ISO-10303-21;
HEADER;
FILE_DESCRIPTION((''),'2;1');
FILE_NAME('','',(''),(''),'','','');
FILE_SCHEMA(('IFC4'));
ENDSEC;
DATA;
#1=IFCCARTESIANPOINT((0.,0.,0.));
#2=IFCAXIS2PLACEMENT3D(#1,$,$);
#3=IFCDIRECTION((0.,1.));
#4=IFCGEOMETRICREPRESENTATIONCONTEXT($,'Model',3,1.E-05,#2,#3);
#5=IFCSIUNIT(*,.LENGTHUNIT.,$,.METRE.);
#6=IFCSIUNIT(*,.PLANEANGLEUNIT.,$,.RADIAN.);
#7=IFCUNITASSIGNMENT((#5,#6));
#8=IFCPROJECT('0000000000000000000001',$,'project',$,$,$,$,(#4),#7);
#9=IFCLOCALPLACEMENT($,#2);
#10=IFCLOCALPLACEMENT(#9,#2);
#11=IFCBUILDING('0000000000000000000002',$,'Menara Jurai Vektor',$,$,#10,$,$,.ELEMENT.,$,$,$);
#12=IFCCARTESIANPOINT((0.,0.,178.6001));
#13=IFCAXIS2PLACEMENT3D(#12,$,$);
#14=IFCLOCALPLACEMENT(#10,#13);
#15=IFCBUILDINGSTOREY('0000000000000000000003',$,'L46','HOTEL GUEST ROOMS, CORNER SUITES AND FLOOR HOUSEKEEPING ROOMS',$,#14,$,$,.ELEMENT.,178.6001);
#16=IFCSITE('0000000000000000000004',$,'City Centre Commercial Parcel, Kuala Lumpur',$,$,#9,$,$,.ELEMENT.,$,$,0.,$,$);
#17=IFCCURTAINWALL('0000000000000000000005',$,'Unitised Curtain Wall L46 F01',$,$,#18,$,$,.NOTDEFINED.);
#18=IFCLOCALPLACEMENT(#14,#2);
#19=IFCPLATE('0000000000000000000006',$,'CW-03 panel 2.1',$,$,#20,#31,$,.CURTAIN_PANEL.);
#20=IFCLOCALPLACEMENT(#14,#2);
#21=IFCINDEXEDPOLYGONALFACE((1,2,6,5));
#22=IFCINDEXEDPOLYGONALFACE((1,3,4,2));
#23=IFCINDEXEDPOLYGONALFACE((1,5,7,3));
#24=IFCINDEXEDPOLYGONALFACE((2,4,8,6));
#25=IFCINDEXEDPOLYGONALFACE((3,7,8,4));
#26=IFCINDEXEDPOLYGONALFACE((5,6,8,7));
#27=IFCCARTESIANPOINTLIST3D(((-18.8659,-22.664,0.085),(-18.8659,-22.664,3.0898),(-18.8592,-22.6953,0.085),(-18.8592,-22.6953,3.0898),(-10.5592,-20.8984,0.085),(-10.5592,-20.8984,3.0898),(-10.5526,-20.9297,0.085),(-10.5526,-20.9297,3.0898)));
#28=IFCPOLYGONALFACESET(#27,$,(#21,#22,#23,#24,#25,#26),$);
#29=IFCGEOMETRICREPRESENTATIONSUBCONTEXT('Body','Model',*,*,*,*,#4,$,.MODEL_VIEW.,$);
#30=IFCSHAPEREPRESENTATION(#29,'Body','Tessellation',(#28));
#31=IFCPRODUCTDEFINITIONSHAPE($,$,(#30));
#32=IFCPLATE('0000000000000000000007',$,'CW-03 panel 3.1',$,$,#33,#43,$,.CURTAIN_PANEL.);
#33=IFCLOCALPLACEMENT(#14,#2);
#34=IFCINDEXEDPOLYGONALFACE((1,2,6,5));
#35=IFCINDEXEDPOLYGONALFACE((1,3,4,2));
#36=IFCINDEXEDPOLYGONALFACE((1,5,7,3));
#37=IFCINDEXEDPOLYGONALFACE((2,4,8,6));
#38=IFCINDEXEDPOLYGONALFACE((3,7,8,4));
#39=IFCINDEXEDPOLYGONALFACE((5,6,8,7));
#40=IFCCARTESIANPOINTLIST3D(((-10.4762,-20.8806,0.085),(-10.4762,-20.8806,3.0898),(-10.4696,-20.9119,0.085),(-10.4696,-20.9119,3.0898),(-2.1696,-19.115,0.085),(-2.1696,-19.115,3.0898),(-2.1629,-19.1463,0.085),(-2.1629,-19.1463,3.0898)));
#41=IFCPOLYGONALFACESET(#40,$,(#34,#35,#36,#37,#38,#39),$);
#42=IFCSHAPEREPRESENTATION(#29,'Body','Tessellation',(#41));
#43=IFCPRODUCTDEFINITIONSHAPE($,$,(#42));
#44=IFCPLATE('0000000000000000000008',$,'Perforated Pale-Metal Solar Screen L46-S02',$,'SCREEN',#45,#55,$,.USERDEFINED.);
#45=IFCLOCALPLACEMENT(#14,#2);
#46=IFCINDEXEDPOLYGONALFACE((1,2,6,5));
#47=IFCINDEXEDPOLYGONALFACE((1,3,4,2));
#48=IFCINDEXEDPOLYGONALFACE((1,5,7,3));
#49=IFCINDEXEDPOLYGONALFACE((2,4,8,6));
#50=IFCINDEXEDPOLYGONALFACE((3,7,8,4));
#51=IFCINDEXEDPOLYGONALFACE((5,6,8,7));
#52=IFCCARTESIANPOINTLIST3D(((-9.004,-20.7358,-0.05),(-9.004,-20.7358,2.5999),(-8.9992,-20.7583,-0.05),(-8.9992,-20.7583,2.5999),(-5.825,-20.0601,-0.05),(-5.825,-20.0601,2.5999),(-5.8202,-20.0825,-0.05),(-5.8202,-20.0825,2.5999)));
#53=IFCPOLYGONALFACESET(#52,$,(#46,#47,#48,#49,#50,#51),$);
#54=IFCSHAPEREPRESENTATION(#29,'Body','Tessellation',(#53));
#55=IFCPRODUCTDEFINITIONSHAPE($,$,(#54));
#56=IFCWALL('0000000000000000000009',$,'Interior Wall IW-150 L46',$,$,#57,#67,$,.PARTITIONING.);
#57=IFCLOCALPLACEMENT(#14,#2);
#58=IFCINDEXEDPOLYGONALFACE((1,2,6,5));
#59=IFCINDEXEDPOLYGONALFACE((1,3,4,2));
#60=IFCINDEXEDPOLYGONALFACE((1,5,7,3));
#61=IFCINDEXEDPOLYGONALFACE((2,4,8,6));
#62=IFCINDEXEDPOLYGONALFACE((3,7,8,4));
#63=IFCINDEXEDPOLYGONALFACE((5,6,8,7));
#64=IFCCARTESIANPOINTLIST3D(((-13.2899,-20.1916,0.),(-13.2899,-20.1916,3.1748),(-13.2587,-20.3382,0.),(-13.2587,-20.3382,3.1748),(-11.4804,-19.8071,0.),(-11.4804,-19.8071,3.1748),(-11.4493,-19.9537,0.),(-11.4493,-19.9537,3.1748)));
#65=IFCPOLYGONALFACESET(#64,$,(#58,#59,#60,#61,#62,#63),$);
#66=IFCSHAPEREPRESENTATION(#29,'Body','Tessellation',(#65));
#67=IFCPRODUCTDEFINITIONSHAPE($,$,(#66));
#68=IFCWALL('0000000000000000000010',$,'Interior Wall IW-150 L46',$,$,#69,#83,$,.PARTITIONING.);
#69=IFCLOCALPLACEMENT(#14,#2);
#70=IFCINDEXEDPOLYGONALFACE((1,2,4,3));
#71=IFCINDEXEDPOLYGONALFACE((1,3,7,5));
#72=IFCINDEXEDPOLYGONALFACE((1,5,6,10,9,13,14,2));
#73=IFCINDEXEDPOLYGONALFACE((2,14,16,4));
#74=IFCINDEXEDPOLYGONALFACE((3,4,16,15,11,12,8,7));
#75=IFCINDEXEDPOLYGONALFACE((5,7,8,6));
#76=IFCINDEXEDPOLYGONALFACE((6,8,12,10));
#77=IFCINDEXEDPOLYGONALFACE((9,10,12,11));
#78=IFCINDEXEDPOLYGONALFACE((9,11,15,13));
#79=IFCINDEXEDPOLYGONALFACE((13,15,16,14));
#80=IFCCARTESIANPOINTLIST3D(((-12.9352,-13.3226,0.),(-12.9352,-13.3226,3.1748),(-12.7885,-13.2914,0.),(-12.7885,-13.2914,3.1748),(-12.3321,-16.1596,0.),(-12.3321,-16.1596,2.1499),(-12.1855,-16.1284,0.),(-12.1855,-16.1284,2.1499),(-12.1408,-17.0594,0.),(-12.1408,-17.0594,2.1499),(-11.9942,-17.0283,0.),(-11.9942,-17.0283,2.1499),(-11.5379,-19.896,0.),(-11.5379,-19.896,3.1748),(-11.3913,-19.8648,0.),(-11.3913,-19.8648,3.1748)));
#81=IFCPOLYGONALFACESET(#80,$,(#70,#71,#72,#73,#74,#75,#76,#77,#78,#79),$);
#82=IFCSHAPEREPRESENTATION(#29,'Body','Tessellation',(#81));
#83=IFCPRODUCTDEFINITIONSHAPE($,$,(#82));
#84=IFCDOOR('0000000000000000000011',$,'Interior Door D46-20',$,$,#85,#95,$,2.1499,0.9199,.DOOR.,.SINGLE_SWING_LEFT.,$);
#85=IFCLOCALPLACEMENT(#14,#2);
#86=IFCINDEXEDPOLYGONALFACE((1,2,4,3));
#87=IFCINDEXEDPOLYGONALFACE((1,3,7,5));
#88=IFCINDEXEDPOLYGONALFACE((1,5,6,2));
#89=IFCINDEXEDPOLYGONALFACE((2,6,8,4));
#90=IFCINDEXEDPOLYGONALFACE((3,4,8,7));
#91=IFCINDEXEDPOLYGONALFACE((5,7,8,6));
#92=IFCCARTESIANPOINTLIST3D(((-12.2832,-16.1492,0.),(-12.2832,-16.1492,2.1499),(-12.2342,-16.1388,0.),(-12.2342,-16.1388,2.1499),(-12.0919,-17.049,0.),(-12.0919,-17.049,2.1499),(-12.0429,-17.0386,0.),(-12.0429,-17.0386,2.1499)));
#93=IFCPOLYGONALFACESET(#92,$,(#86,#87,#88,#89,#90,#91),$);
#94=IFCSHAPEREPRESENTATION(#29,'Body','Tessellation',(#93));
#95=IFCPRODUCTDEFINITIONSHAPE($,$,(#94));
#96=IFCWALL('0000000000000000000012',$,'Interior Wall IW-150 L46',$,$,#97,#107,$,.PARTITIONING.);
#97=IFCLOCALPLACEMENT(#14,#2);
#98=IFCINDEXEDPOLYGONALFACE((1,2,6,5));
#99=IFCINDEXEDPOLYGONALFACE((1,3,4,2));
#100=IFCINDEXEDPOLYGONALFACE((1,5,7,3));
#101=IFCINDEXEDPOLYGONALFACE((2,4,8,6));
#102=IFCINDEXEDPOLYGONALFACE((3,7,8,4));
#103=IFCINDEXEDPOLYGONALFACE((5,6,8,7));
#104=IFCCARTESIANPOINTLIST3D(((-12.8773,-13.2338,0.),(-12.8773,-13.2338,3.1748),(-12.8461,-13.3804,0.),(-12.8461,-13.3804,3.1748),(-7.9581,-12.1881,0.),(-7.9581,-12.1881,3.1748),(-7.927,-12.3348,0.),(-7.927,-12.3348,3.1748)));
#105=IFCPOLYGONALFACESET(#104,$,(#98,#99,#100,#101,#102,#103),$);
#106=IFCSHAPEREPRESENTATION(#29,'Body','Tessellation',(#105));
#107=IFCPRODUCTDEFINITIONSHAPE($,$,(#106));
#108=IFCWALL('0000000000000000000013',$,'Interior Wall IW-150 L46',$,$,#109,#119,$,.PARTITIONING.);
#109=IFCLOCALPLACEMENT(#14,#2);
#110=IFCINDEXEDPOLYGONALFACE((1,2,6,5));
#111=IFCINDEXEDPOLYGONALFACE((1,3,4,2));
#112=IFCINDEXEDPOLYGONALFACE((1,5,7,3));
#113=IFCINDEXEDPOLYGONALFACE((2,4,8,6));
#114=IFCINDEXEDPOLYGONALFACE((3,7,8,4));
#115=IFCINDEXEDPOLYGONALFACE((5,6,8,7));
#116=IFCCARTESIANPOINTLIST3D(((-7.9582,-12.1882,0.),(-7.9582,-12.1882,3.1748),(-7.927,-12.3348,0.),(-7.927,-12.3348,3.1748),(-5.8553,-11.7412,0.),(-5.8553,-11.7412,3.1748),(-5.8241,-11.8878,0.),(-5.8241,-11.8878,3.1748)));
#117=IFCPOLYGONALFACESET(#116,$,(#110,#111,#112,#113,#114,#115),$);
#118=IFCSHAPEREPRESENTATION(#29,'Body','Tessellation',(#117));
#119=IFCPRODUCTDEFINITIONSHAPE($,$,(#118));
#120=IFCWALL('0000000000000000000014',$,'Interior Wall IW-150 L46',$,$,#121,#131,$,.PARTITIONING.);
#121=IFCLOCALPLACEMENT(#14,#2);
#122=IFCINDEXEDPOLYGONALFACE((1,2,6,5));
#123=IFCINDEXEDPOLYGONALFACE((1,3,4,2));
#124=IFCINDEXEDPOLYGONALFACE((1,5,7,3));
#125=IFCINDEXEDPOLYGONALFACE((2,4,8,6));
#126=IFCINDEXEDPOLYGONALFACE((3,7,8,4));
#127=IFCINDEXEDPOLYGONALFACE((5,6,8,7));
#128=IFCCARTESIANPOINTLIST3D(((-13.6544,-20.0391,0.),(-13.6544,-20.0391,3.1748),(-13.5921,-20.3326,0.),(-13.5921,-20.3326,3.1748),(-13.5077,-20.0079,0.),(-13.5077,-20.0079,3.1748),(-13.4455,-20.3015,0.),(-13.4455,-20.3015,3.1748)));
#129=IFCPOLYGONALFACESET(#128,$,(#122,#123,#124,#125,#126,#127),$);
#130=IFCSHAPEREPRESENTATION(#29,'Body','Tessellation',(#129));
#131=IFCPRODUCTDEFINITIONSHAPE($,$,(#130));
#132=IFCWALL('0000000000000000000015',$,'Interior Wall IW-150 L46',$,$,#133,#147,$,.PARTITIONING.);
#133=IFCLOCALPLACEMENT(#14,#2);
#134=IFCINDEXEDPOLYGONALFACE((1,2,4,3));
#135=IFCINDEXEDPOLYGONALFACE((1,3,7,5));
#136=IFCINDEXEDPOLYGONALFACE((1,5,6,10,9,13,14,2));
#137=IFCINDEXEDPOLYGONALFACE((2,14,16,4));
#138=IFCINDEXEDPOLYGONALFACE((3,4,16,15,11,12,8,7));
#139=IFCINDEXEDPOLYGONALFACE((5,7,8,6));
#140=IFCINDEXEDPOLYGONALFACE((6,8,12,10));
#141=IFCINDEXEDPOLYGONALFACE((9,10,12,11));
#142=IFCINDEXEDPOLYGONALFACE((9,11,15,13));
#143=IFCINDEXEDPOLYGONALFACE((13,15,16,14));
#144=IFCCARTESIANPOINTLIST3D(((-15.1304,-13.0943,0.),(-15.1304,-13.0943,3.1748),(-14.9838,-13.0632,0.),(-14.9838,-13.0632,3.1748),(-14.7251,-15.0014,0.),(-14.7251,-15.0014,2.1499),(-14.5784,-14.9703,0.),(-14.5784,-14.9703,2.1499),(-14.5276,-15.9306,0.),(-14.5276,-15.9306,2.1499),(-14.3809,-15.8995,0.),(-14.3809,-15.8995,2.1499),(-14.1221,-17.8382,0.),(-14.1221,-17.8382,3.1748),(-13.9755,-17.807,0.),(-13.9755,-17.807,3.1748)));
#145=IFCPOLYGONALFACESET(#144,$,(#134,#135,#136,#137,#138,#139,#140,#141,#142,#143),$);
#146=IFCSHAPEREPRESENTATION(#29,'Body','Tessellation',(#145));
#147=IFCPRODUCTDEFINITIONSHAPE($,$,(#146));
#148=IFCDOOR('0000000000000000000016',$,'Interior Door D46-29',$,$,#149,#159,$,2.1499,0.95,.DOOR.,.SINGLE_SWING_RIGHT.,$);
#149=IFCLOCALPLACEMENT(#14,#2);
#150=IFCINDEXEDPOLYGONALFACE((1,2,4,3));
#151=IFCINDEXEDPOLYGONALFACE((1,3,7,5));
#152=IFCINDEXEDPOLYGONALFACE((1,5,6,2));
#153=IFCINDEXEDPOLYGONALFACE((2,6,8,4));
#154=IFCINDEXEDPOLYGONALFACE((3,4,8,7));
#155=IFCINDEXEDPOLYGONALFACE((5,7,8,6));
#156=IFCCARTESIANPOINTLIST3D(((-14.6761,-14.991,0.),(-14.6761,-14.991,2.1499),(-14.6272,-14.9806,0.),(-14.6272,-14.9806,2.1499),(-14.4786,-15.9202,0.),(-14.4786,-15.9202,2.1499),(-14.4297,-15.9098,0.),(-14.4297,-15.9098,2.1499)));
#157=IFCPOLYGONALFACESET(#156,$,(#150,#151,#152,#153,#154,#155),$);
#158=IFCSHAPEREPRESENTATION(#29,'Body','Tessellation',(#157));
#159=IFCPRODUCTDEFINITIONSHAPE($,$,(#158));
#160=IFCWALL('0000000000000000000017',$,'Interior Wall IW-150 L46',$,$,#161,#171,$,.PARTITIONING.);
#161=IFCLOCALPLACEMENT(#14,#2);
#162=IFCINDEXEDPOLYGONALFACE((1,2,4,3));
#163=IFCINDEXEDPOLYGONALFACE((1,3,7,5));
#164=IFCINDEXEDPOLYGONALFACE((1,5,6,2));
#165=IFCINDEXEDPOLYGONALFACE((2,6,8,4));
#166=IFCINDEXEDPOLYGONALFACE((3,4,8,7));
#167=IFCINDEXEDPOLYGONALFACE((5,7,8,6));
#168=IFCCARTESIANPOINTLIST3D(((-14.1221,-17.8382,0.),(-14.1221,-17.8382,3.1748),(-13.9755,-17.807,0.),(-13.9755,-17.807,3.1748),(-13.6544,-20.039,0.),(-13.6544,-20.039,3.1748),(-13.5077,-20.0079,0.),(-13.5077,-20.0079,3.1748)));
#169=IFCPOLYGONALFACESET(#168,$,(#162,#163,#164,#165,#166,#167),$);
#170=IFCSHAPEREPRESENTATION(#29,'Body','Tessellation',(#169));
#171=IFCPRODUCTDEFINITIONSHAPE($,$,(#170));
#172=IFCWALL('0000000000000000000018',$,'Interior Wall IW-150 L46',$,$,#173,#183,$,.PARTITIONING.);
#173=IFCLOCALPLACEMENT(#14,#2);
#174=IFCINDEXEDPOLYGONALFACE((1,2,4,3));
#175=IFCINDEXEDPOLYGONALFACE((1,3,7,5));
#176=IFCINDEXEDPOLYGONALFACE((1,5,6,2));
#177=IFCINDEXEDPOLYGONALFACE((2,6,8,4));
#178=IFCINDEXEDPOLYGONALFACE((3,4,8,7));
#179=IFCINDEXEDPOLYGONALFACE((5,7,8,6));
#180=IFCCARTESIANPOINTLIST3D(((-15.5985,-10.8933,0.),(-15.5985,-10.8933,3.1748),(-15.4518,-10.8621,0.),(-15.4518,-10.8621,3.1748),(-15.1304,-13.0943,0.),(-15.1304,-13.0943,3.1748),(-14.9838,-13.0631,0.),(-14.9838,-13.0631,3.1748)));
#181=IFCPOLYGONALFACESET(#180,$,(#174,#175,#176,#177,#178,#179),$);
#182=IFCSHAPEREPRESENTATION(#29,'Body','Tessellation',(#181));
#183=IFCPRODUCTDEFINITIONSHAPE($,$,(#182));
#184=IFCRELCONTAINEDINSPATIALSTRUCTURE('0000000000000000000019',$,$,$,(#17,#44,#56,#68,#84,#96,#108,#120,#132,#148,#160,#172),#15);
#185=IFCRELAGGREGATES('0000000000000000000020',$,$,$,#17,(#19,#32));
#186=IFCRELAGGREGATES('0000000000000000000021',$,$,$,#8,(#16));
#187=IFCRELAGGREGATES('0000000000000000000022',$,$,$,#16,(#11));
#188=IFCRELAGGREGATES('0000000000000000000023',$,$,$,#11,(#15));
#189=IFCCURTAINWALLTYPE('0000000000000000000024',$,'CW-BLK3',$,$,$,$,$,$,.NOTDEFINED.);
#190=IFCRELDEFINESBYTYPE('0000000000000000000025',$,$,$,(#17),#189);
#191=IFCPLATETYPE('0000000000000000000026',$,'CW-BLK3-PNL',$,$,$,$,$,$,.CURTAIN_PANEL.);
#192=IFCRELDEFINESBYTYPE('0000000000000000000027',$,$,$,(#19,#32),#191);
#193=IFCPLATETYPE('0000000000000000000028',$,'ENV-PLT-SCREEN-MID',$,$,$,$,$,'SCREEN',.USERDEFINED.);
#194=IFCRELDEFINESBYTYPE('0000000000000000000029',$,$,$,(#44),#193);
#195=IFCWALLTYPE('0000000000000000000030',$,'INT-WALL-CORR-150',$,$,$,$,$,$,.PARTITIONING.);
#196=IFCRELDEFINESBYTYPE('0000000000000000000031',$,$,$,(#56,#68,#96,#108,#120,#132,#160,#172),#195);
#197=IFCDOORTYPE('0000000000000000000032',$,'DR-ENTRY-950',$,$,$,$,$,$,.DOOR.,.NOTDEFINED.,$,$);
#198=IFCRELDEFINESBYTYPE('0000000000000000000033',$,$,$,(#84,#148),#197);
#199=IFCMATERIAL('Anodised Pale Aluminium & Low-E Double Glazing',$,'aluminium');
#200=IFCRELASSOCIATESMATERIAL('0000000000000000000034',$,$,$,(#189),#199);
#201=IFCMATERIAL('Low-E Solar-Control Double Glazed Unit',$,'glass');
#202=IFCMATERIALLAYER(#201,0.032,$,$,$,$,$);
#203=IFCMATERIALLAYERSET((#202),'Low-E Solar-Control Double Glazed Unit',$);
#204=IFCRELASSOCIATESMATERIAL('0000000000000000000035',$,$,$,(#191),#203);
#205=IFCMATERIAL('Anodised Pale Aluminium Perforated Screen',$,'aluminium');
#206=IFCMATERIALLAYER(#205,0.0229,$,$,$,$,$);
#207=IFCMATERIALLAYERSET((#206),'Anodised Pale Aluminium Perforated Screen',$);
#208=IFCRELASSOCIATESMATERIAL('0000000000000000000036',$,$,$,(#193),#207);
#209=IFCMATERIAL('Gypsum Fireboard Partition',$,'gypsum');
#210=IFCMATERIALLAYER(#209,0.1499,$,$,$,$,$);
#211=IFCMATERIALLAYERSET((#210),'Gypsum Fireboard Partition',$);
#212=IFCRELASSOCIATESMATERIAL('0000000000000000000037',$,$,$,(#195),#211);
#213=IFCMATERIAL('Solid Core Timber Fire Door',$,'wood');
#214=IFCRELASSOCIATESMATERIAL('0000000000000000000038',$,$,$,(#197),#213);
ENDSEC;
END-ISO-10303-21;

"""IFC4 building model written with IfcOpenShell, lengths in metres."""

from ifc_helpers import new_model, si_unit, direction, frame, frame_2d, origin, origin_2d, place, context, subcontext, project, spatial, rectangle, extrude, material, layer, layer_set, type_object, element, fill, aggregate, save


model = new_model("IFC4")

# Units and contexts
model_context = context("Model", 3, precision=1e-05, world=origin(), true_north=direction((0.0, 1.0)))
body_context = subcontext(model_context, "Body", "Model", "MODEL_VIEW")
ifc_project = project(units=[si_unit("LENGTHUNIT", "METRE"), si_unit("PLANEANGLEUNIT", "RADIAN")], contexts=[model_context])

# Site, building, storey
site_placement = place(None, origin())
site = spatial("IfcSite", under=ifc_project, at=site_placement, Name="City Centre Commercial Parcel, Kuala Lumpur", CompositionType="ELEMENT", RefElevation=0.0)
building_placement = place(site_placement, origin())
building = spatial("IfcBuilding", under=site, at=building_placement, Name="Menara Jurai Vektor", CompositionType="ELEMENT")
storey_placement = place(building_placement, frame((0.0, 0.0, 178.6001)))
storey = spatial("IfcBuildingStorey", under=building, at=storey_placement, Name="L46", Description="HOTEL GUEST ROOMS, CORNER SUITES AND FLOOR HOUSEKEEPING ROOMS", CompositionType="ELEMENT", Elevation=178.6001)

# Curtain wall
ifc_material_1 = material(Name="Anodised Pale Aluminium & Low-E Double Glazing", Category="aluminium")
curtain_wall_type = type_object("IfcCurtainWallType", Name="CW-BLK3", PredefinedType="NOTDEFINED", material=ifc_material_1)
curtain_wall_placement = place(storey_placement, origin())
curtain_wall = element("IfcCurtainWall", 1, at=curtain_wall_placement, inside=storey, type_object=curtain_wall_type, Name="Unitised Curtain Wall L46 F01", PredefinedType="NOTDEFINED")

# Plates
ifc_material_2 = material(Name="Low-E Solar-Control Double Glazed Unit", Category="glass")
ifc_layer_1 = layer(ifc_material_2, 0.032)
ifc_layer_set_1 = layer_set([ifc_layer_1], Name="Low-E Solar-Control Double Glazed Unit")
plate_type_1 = type_object("IfcPlateType", Name="CW-BLK3-PNL", PredefinedType="CURTAIN_PANEL", material=ifc_layer_set_1)
plate_1_placement = place(storey_placement, frame((-14.7092, -21.7969, 0.085), z_axis=(0.0, 0.0, 1.0), x_axis=(0.978148, 0.207911, 0.0)))
plate_1 = element("IfcPlate", 2, at=plate_1_placement, type_object=plate_type_1, Name="CW-03 panel 2.1", PredefinedType="CURTAIN_PANEL", context=body_context, shape_type="SweptSolid", body=[
    extrude(rectangle(XDim=8.4922, YDim=0.032, at=origin_2d()), origin(), (0.0, 0.0, 1.0), 3.0049),
])
plate_2_placement = place(storey_placement, frame((-6.3196, -20.0134, 0.085), z_axis=(0.0, 0.0, 1.0), x_axis=(0.978148, 0.207911, 0.0)))
plate_2 = element("IfcPlate", 3, at=plate_2_placement, type_object=plate_type_1, Name="CW-03 panel 3.1", PredefinedType="CURTAIN_PANEL", context=body_context, shape_type="SweptSolid", body=[
    extrude(rectangle(XDim=8.4922, YDim=0.032, at=origin_2d()), origin(), (0.0, 0.0, 1.0), 3.0049),
])
aggregate(curtain_wall, [plate_1, plate_2])
ifc_material_3 = material(Name="Anodised Pale Aluminium Perforated Screen", Category="aluminium")
ifc_layer_2 = layer(ifc_material_3, 0.0229)
ifc_layer_set_2 = layer_set([ifc_layer_2], Name="Anodised Pale Aluminium Perforated Screen")
plate_type_2 = type_object("IfcPlateType", Name="ENV-PLT-SCREEN-MID", ElementType="SCREEN", PredefinedType="USERDEFINED", material=ifc_layer_set_2)
plate_3_placement = place(storey_placement, frame((-7.4121, -20.4092, -0.05), z_axis=(0.0, 0.0, 1.0), x_axis=(0.978148, 0.207912, 0.0)))
element("IfcPlate", 4, at=plate_3_placement, inside=storey, type_object=plate_type_2, Name="Perforated Pale-Metal Solar Screen L46-S02", ObjectType="SCREEN", PredefinedType="USERDEFINED", context=body_context, shape_type="SweptSolid", body=[
    extrude(rectangle(XDim=3.25, YDim=0.0229, at=origin_2d()), origin(), (0.0, 0.0, 1.0), 2.6499),
])

# Wall
ifc_material_4 = material(Name="Gypsum Fireboard Partition", Category="gypsum")
ifc_layer_3 = layer(ifc_material_4, 0.1499)
ifc_layer_set_3 = layer_set([ifc_layer_3], Name="Gypsum Fireboard Partition")
wall_type = type_object("IfcWallType", Name="INT-WALL-CORR-150", PredefinedType="PARTITIONING", material=ifc_layer_set_3)
wall_1_placement = place(storey_placement, frame((-13.2742, -20.2649, 0.0), z_axis=(0.0, 0.0, 1.0), x_axis=(0.97816, 0.207852, 0.0)))
element("IfcWall", 5, at=wall_1_placement, inside=storey, type_object=wall_type, Name="Interior Wall IW-150 L46", PredefinedType="PARTITIONING", context=body_context, shape_type="SweptSolid", body=[
    extrude(rectangle(XDim=1.8499, YDim=0.1499, at=frame_2d((0.9248, 0.0))), origin(), (0.0, 0.0, 1.0), 3.1748),
])

# Wall, opening, door
wall_2_placement = place(storey_placement, frame((-11.4646, -19.8804, 0.0), z_axis=(0.0, 0.0, 1.0), x_axis=(-0.207916, 0.978147, 0.0)))
wall_2 = element("IfcWall", 6, at=wall_2_placement, inside=storey, type_object=wall_type, Name="Interior Wall IW-150 L46", PredefinedType="PARTITIONING", context=body_context, shape_type="SweptSolid", body=[
    extrude(rectangle(XDim=6.7202, YDim=0.1499, at=frame_2d((3.3601, 0.0))), origin(), (0.0, 0.0, 1.0), 3.1748),
])
opening_1_placement = place(wall_2_placement, frame((2.8999, 0.0, 0.0)))
opening_1 = element("IfcOpeningElement", 7, at=opening_1_placement, cuts=wall_2, PredefinedType="OPENING", context=body_context, shape_type="SweptSolid", body=[
    extrude(rectangle(XDim=0.9199, YDim=2.1499, at=frame_2d((0.46, 1.075))), frame((0.0, 0.085, 0.0), z_axis=(0.0, -1.0, 0.0), x_axis=(1.0, 0.0, 0.0)), (0.0, 0.0, 1.0), 0.1699),
])
ifc_material_5 = material(Name="Solid Core Timber Fire Door", Category="wood")
door_type_1 = type_object("IfcDoorType", Name="DR-ENTRY-950", OperationType="NOTDEFINED", PredefinedType="DOOR", material=ifc_material_5)
door_1_placement = place(opening_1_placement, origin())
door_1 = element("IfcDoor", 8, at=door_1_placement, inside=storey, type_object=door_type_1, Name="Interior Door D46-20", OperationType="SINGLE_SWING_LEFT", OverallHeight=2.1499, OverallWidth=0.9199, PredefinedType="DOOR", context=body_context, shape_type="SweptSolid", body=[
    extrude(rectangle(XDim=0.9199, YDim=2.1499, at=frame_2d((0.46, 1.075))), frame((0.0, 0.0249, 0.0), z_axis=(0.0, -1.0, 0.0), x_axis=(1.0, 0.0, 0.0)), (0.0, 0.0, 1.0), 0.05),
])
fill(opening_1, door_1)

# Walls
wall_3_placement = place(storey_placement, frame((-12.8618, -13.3071, 0.0), z_axis=(0.0, 0.0, 1.0), x_axis=(0.978146, 0.207921, 0.0)))
element("IfcWall", 9, at=wall_3_placement, inside=storey, type_object=wall_type, Name="Interior Wall IW-150 L46", PredefinedType="PARTITIONING", context=body_context, shape_type="SweptSolid", body=[
    extrude(rectangle(XDim=5.0291, YDim=0.1499, at=frame_2d((2.5146, 0.0))), origin(), (0.0, 0.0, 1.0), 3.1748),
])
wall_4_placement = place(storey_placement, frame((-7.9426, -12.2615, 0.0), z_axis=(0.0, 0.0, 1.0), x_axis=(0.978147, 0.207916, 0.0)))
element("IfcWall", 10, at=wall_4_placement, inside=storey, type_object=wall_type, Name="Interior Wall IW-150 L46", PredefinedType="PARTITIONING", context=body_context, shape_type="SweptSolid", body=[
    extrude(rectangle(XDim=2.1499, YDim=0.1499, at=frame_2d((1.075, 0.0))), origin(), (0.0, 0.0, 1.0), 3.1748),
])
wall_5_placement = place(storey_placement, frame((-13.5188, -20.3169, 0.0), z_axis=(0.0, 0.0, 1.0), x_axis=(-0.207528, 0.978229, 0.0)))
element("IfcWall", 11, at=wall_5_placement, inside=storey, type_object=wall_type, Name="Interior Wall IW-150 L46", PredefinedType="PARTITIONING", context=body_context, shape_type="SweptSolid", body=[
    extrude(rectangle(XDim=0.3, YDim=0.1499, at=frame_2d((0.1499, 0.0))), origin(), (0.0, 0.0, 1.0), 3.1748),
])

# Wall, opening, door
wall_6_placement = place(storey_placement, frame((-14.0488, -17.8225, 0.0), z_axis=(0.0, 0.0, 1.0), x_axis=(-0.207903, 0.97815, 0.0)))
wall_6 = element("IfcWall", 12, at=wall_6_placement, inside=storey, type_object=wall_type, Name="Interior Wall IW-150 L46", PredefinedType="PARTITIONING", context=body_context, shape_type="SweptSolid", body=[
    extrude(rectangle(XDim=4.8499, YDim=0.1499, at=frame_2d((2.4248, 0.0))), origin(), (0.0, 0.0, 1.0), 3.1748),
])
opening_2_placement = place(wall_6_placement, frame((1.95, 0.0, 0.0)))
opening_2 = element("IfcOpeningElement", 13, at=opening_2_placement, cuts=wall_6, PredefinedType="OPENING", context=body_context, shape_type="SweptSolid", body=[
    extrude(rectangle(XDim=0.95, YDim=2.1499, at=frame_2d((0.4751, 1.075))), frame((0.0, 0.085, 0.0), z_axis=(0.0, -1.0, 0.0), x_axis=(1.0, 0.0, 0.0)), (0.0, 0.0, 1.0), 0.1699),
])
door_2_placement = place(opening_2_placement, origin())
door_2 = element("IfcDoor", 14, at=door_2_placement, inside=storey, type_object=door_type_1, Name="Interior Door D46-29", OperationType="SINGLE_SWING_RIGHT", OverallHeight=2.1499, OverallWidth=0.95, PredefinedType="DOOR", context=body_context, shape_type="SweptSolid", body=[
    extrude(rectangle(XDim=0.95, YDim=2.1499, at=frame_2d((0.4751, 1.075))), frame((0.0, 0.0249, 0.0), z_axis=(0.0, -1.0, 0.0), x_axis=(1.0, 0.0, 0.0)), (0.0, 0.0, 1.0), 0.05),
])
fill(opening_2, door_2)

# Walls
wall_7_placement = place(storey_placement, frame((-13.5811, -20.0234, 0.0), z_axis=(0.0, 0.0, 1.0), x_axis=(-0.207891, 0.978152, 0.0)))
element("IfcWall", 15, at=wall_7_placement, inside=storey, type_object=wall_type, Name="Interior Wall IW-150 L46", PredefinedType="PARTITIONING", context=body_context, shape_type="SweptSolid", body=[
    extrude(rectangle(XDim=2.25, YDim=0.1499, at=frame_2d((1.125, 0.0))), origin(), (0.0, 0.0, 1.0), 3.1748),
])
wall_8_placement = place(storey_placement, frame((-15.0571, -13.0786, 0.0), z_axis=(0.0, 0.0, 1.0), x_axis=(-0.207995, 0.97813, 0.0)))
element("IfcWall", 16, at=wall_8_placement, inside=storey, type_object=wall_type, Name="Interior Wall IW-150 L46", PredefinedType="PARTITIONING", context=body_context, shape_type="SweptSolid", body=[
    extrude(rectangle(XDim=2.2502, YDim=0.1499, at=frame_2d((1.125, 0.0))), origin(), (0.0, 0.0, 1.0), 3.1748),
])

save(model, "model.ifc")
